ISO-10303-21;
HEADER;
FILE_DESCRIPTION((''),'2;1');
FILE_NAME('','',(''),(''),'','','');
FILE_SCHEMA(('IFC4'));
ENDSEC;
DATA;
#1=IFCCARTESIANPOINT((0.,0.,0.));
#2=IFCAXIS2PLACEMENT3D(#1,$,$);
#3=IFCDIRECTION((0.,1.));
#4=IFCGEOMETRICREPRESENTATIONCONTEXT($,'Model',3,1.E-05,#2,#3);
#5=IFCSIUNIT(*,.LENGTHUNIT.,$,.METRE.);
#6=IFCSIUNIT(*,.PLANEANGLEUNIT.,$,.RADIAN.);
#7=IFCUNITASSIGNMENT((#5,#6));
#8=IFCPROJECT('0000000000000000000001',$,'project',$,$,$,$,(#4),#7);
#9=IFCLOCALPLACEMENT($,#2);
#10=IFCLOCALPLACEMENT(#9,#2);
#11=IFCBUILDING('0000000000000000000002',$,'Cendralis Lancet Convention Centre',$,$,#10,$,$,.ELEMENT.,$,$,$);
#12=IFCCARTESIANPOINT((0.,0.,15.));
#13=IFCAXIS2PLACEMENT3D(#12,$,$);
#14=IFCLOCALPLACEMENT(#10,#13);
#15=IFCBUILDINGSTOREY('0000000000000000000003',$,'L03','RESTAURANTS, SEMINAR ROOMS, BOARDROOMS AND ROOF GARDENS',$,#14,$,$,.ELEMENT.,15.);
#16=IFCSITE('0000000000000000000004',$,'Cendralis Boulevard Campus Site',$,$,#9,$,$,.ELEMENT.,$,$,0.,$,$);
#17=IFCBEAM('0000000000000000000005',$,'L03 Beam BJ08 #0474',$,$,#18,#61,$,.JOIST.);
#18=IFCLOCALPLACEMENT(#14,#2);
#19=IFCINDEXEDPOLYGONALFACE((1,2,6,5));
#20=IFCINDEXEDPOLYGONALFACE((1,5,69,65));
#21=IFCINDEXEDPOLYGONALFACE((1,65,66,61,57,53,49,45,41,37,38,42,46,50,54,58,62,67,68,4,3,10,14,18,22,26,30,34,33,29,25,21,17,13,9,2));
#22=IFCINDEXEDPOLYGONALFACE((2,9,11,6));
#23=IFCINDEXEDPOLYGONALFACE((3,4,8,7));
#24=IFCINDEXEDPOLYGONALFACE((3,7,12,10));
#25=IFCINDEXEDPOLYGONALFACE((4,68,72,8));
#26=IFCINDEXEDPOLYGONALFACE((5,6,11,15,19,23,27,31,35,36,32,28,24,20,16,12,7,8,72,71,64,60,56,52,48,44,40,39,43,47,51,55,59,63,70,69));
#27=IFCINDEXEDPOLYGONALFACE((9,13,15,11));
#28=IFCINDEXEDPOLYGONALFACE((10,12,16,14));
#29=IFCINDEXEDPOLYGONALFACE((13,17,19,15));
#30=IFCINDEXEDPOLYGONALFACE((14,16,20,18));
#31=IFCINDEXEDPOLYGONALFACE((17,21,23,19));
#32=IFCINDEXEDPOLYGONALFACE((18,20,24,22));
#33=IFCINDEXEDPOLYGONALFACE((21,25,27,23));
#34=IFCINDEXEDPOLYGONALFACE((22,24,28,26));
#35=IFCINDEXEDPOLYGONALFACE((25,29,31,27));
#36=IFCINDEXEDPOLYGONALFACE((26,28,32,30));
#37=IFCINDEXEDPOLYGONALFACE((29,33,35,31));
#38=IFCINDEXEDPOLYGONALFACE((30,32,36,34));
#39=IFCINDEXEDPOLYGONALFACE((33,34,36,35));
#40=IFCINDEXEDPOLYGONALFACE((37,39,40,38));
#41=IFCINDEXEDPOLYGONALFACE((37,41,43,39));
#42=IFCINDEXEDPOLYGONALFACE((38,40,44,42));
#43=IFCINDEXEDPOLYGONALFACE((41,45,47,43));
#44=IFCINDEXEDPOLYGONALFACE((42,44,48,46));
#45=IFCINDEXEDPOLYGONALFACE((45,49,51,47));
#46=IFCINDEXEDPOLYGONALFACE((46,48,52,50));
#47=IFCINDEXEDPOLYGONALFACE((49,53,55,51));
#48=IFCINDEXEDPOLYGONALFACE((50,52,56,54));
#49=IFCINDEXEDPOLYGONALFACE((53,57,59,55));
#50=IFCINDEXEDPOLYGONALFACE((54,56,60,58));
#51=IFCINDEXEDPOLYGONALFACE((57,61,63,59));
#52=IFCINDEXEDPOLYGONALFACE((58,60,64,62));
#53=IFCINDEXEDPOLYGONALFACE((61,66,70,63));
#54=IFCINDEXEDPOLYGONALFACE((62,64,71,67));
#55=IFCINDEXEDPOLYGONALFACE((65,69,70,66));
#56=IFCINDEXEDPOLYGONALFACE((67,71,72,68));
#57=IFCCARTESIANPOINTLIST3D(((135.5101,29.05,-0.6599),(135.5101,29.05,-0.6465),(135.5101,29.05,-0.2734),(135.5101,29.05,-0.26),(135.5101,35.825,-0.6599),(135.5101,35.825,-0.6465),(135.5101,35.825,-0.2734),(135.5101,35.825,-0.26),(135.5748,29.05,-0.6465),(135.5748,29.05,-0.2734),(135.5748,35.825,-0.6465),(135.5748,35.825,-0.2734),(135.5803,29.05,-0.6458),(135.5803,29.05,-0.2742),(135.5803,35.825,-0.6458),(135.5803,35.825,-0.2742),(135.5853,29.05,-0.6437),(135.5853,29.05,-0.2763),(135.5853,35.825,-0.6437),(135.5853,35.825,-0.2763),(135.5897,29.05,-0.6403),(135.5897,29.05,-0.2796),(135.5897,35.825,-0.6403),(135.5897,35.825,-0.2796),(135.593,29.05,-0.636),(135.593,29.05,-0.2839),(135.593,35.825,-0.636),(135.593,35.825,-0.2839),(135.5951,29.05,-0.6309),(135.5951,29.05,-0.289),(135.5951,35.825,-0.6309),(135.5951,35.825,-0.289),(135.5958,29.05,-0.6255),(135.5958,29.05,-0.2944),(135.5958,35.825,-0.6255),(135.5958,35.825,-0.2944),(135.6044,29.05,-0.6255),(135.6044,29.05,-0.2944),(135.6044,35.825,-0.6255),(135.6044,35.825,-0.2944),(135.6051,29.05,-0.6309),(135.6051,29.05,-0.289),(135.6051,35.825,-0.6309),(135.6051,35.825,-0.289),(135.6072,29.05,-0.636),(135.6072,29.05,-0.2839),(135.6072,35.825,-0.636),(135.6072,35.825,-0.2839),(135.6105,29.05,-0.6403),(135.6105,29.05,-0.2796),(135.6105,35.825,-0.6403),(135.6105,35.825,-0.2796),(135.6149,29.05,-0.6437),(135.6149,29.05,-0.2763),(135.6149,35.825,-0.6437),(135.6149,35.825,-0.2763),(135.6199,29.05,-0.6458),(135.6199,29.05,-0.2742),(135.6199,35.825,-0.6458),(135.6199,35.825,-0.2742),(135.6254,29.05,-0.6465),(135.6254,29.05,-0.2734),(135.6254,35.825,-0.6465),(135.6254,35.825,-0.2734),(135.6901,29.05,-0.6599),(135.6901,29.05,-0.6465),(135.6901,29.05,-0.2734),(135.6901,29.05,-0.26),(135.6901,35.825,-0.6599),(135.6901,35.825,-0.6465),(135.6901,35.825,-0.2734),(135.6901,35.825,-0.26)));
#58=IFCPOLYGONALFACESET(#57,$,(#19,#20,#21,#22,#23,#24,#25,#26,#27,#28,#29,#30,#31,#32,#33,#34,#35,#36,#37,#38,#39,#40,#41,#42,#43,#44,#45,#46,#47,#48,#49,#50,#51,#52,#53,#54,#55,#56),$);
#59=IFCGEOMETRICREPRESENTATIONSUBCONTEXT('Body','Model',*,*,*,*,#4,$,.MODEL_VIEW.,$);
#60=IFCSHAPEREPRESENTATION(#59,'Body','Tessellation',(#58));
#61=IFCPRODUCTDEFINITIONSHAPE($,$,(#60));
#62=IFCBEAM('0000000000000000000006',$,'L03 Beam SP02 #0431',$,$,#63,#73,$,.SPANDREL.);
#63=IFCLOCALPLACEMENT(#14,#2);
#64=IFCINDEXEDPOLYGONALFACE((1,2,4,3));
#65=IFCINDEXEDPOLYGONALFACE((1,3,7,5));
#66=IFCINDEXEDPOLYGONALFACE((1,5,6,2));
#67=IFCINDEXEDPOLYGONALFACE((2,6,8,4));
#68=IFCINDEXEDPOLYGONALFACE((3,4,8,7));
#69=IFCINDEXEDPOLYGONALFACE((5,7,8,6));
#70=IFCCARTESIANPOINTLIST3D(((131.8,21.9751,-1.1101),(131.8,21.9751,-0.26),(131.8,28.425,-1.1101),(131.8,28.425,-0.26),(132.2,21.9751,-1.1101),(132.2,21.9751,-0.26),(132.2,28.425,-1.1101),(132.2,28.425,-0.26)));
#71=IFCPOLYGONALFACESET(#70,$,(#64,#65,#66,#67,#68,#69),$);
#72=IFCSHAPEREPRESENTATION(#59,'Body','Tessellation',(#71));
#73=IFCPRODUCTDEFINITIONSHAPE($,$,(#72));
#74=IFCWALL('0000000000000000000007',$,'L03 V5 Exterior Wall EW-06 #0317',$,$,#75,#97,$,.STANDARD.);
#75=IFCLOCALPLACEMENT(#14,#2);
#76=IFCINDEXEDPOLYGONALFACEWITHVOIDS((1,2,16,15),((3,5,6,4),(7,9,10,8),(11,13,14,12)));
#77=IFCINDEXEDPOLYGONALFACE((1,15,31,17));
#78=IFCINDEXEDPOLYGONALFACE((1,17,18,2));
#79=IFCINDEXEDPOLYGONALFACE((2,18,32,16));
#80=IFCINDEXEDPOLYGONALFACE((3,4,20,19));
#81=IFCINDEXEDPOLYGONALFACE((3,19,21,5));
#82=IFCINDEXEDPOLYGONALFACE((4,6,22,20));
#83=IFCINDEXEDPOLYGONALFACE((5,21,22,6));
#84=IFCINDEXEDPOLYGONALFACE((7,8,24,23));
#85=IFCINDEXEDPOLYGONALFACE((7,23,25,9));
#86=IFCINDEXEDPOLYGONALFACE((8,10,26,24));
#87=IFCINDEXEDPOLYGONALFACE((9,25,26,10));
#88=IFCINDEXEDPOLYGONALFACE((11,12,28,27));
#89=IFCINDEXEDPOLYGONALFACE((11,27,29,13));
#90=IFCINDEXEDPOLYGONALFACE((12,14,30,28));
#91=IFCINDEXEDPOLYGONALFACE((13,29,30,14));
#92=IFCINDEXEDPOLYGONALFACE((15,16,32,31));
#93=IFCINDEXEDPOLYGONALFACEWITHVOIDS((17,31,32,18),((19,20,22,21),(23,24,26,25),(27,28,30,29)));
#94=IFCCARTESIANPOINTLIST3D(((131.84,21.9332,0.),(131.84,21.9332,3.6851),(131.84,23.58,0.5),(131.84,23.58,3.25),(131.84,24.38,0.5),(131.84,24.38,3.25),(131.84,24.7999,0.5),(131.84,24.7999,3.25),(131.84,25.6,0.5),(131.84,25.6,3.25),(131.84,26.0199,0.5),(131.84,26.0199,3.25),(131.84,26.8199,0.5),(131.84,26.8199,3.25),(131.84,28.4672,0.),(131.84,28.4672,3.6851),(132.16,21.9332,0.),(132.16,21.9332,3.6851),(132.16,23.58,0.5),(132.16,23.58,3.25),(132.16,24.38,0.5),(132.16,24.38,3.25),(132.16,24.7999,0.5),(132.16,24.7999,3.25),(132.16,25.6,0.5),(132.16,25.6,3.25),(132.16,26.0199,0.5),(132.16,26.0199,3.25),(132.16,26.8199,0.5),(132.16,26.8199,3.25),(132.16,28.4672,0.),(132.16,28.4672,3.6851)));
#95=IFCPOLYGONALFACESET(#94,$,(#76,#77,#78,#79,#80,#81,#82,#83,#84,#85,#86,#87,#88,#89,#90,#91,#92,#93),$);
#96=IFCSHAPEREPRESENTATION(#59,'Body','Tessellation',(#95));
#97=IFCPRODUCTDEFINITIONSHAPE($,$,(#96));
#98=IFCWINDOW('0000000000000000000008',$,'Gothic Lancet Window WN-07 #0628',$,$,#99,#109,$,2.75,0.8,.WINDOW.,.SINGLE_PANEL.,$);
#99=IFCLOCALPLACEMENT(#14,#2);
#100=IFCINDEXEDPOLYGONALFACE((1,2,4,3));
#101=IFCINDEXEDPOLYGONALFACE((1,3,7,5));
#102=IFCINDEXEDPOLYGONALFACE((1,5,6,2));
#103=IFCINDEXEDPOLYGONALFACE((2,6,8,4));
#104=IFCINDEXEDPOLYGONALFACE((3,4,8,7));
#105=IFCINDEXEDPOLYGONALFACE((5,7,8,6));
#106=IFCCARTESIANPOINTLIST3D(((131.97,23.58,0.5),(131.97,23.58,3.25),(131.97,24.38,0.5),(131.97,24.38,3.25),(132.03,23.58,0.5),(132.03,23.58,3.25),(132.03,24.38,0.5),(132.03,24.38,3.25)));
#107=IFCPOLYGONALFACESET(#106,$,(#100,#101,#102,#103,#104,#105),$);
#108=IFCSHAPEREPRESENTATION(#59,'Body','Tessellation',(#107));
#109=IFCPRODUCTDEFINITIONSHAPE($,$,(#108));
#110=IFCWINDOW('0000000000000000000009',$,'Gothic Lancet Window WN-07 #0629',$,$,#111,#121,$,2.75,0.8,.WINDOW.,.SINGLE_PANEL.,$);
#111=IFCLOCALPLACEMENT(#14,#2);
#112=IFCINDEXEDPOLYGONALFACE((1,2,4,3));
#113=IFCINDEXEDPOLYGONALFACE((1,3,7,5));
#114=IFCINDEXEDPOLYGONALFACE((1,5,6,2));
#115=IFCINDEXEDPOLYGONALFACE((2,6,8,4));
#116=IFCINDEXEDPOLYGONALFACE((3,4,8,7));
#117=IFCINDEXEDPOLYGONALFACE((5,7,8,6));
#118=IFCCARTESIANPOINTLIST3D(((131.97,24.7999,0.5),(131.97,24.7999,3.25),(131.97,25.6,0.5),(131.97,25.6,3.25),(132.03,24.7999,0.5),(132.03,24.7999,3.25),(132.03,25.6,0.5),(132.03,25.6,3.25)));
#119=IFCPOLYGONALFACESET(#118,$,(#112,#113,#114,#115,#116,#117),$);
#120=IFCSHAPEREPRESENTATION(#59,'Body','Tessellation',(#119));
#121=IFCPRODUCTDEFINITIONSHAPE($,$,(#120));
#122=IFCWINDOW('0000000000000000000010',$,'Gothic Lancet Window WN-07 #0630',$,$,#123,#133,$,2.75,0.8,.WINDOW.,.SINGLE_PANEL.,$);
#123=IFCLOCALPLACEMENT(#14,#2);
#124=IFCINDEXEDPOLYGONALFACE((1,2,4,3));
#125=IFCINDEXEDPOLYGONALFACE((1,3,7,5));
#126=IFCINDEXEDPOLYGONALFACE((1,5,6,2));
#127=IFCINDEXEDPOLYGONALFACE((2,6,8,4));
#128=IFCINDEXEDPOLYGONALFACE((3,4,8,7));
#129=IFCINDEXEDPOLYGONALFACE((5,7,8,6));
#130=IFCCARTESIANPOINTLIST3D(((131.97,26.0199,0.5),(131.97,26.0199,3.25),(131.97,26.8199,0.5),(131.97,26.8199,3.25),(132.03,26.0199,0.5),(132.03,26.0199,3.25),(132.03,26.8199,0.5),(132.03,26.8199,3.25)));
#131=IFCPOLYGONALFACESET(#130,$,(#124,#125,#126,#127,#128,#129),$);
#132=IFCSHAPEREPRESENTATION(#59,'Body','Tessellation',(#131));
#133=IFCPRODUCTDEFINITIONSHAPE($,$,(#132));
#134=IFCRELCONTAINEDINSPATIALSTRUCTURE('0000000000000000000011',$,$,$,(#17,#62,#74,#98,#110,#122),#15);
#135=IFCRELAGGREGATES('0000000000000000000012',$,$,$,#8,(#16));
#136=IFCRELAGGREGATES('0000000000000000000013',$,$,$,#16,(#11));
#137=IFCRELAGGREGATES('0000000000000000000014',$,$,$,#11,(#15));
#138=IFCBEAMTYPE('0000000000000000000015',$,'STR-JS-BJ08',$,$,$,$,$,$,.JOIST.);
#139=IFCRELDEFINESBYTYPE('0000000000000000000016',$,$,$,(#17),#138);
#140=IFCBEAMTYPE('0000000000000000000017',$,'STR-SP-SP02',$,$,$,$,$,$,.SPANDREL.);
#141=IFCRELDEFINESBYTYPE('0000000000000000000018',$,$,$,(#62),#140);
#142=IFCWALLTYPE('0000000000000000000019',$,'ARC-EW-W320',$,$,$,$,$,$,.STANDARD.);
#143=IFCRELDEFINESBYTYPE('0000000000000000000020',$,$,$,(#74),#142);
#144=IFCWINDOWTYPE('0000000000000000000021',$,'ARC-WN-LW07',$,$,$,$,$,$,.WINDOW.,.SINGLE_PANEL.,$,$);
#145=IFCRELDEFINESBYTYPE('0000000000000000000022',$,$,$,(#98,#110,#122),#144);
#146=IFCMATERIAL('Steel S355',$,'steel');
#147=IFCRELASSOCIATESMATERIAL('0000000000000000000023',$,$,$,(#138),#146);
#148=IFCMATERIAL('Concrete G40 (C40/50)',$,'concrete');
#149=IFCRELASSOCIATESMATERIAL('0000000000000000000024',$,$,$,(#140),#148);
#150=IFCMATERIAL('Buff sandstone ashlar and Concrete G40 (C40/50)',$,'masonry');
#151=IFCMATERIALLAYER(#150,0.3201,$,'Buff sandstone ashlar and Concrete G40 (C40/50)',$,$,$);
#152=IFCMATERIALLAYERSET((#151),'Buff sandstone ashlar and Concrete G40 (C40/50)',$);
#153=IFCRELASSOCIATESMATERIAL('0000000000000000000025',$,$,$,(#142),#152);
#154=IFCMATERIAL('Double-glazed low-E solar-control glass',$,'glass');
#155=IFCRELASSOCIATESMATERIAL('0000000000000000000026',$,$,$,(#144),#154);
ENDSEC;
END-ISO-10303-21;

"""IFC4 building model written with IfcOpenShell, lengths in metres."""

from ifc_helpers import new_model, si_unit, direction, frame, frame_2d, origin, origin_2d, place, context, subcontext, project, spatial, rectangle, i_section, extrude, material, layer, layer_set, material_profile, profile_set, type_object, element, fill, save


model = new_model("IFC4")

# Units and contexts
model_context = context("Model", 3, precision=1e-05, world=origin(), true_north=direction((0.0, 1.0)))
body_context = subcontext(model_context, "Body", "Model", "MODEL_VIEW")
ifc_project = project(units=[si_unit("LENGTHUNIT", "METRE"), si_unit("PLANEANGLEUNIT", "RADIAN")], contexts=[model_context])

# Site, building, storey
site_placement = place(None, origin())
site = spatial("IfcSite", under=ifc_project, at=site_placement, Name="Cendralis Boulevard Campus Site", CompositionType="ELEMENT", RefElevation=0.0)
building_placement = place(site_placement, origin())
building = spatial("IfcBuilding", under=site, at=building_placement, Name="Cendralis Lancet Convention Centre", CompositionType="ELEMENT")
storey_placement = place(building_placement, frame((0.0, 0.0, 15.0)))
storey = spatial("IfcBuildingStorey", under=building, at=storey_placement, Name="L03", Description="RESTAURANTS, SEMINAR ROOMS, BOARDROOMS AND ROOF GARDENS", CompositionType="ELEMENT", Elevation=15.0)

# Shared definitions
ifc_material_1 = material(Name="Concrete G40 (C40/50)", Category="concrete")

# Beams
ifc_material_2 = material(Name="Steel S355", Category="steel")
ifc_material_profile_1 = material_profile(ifc_material_2, i_section(OverallWidth=0.1799, OverallDepth=0.3999, WebThickness=0.0085, FlangeThickness=0.0134, FilletRadius=0.021, at=origin_2d()), Name="IPE 400")
ifc_profile_set_1 = profile_set([ifc_material_profile_1], Name="Steel S355")
beam_type_1 = type_object("IfcBeamType", Name="STR-JS-BJ08", PredefinedType="JOIST", material=ifc_profile_set_1)
beam_1_placement = place(storey_placement, frame((135.6001, 29.05, -0.46), z_axis=(0.0, 1.0, 0.0), x_axis=(-1.0, 0.0, 0.0)))
element("IfcBeam", 1, at=beam_1_placement, inside=storey, type_object=beam_type_1, Name="L03 Beam BJ08 #0474", PredefinedType="JOIST", context=body_context, shape_type="SweptSolid", body=[
    extrude(i_section(OverallWidth=0.1799, OverallDepth=0.3999, WebThickness=0.0085, FlangeThickness=0.0134, FilletRadius=0.021, at=origin_2d()), origin(), (0.0, 0.0, 1.0), 6.7749),
])
ifc_material_profile_2 = material_profile(ifc_material_1, rectangle(XDim=0.3999, YDim=0.8501, at=origin_2d()), Name="RCB 400x850")
ifc_profile_set_2 = profile_set([ifc_material_profile_2], Name="Concrete G40 (C40/50)")
beam_type_2 = type_object("IfcBeamType", Name="STR-SP-SP02", PredefinedType="SPANDREL", material=ifc_profile_set_2)
beam_2_placement = place(storey_placement, frame((132.0, 21.9751, -0.6851), z_axis=(0.0, 1.0, 0.0), x_axis=(-1.0, 0.0, 0.0)))
element("IfcBeam", 2, at=beam_2_placement, inside=storey, type_object=beam_type_2, Name="L03 Beam SP02 #0431", PredefinedType="SPANDREL", context=body_context, shape_type="SweptSolid", body=[
    extrude(rectangle(XDim=0.3999, YDim=0.8501, at=origin_2d()), origin(), (0.0, 0.0, 1.0), 6.45),
])

# Wall, openings, windows
ifc_material_3 = material(Name="Buff sandstone ashlar and Concrete G40 (C40/50)", Category="masonry")
ifc_layer_1 = layer(ifc_material_3, 0.3201, Name="Buff sandstone ashlar and Concrete G40 (C40/50)")
ifc_layer_set_1 = layer_set([ifc_layer_1], Name="Buff sandstone ashlar and Concrete G40 (C40/50)")
wall_type_1 = type_object("IfcWallType", Name="ARC-EW-W320", PredefinedType="STANDARD", material=ifc_layer_set_1)
wall_1_placement = place(storey_placement, frame((132.0, 21.9331, 0.0), z_axis=(0.0, 0.0, 1.0), x_axis=(0.0, 1.0, 0.0)))
wall_1 = element("IfcWall", 3, at=wall_1_placement, inside=storey, type_object=wall_type_1, Name="L03 V5 Exterior Wall EW-06 #0317", PredefinedType="STANDARD", context=body_context, shape_type="SweptSolid", body=[
    extrude(rectangle(XDim=6.5339, YDim=0.3201, at=frame_2d((3.2671, 0.0))), origin(), (0.0, 0.0, 1.0), 3.6851),
])
opening_1_placement = place(wall_1_placement, frame((1.647, 0.0, 0.5)))
opening_1 = element("IfcOpeningElement", 4, at=opening_1_placement, cuts=wall_1, PredefinedType="OPENING", context=body_context, shape_type="SweptSolid", body=[
    extrude(rectangle(XDim=0.8, YDim=2.75, at=frame_2d((0.3999, 1.375))), frame((0.0, 0.1699, 0.0), z_axis=(0.0, -1.0, 0.0), x_axis=(1.0, 0.0, 0.0)), (0.0, 0.0, 1.0), 0.3401),
])
opening_2_placement = place(wall_1_placement, frame((2.8669, 0.0, 0.5)))
opening_2 = element("IfcOpeningElement", 5, at=opening_2_placement, cuts=wall_1, PredefinedType="OPENING", context=body_context, shape_type="SweptSolid", body=[
    extrude(rectangle(XDim=0.8, YDim=2.75, at=frame_2d((0.3999, 1.375))), frame((0.0, 0.1699, 0.0), z_axis=(0.0, -1.0, 0.0), x_axis=(1.0, 0.0, 0.0)), (0.0, 0.0, 1.0), 0.3401),
])
opening_3_placement = place(wall_1_placement, frame((4.0869, 0.0, 0.5)))
opening_3 = element("IfcOpeningElement", 6, at=opening_3_placement, cuts=wall_1, PredefinedType="OPENING", context=body_context, shape_type="SweptSolid", body=[
    extrude(rectangle(XDim=0.8, YDim=2.75, at=frame_2d((0.3999, 1.375))), frame((0.0, 0.1699, 0.0), z_axis=(0.0, -1.0, 0.0), x_axis=(1.0, 0.0, 0.0)), (0.0, 0.0, 1.0), 0.3401),
])
ifc_material_4 = material(Name="Double-glazed low-E solar-control glass", Category="glass")
window_type_1 = type_object("IfcWindowType", Name="ARC-WN-LW07", PartitioningType="SINGLE_PANEL", PredefinedType="WINDOW", material=ifc_material_4)
window_1_placement = place(opening_1_placement, origin())
window_1 = element("IfcWindow", 7, at=window_1_placement, inside=storey, type_object=window_type_1, Name="Gothic Lancet Window WN-07 #0628", OverallHeight=2.75, OverallWidth=0.8, PartitioningType="SINGLE_PANEL", PredefinedType="WINDOW", context=body_context, shape_type="SweptSolid", body=[
    extrude(rectangle(XDim=0.8, YDim=2.75, at=frame_2d((0.3999, 1.375))), frame((0.0, 0.03, 0.0), z_axis=(0.0, -1.0, 0.0), x_axis=(1.0, 0.0, 0.0)), (0.0, 0.0, 1.0), 0.0601),
])
fill(opening_1, window_1)
window_2_placement = place(opening_2_placement, origin())
window_2 = element("IfcWindow", 8, at=window_2_placement, inside=storey, type_object=window_type_1, Name="Gothic Lancet Window WN-07 #0629", OverallHeight=2.75, OverallWidth=0.8, PartitioningType="SINGLE_PANEL", PredefinedType="WINDOW", context=body_context, shape_type="SweptSolid", body=[
    extrude(rectangle(XDim=0.8, YDim=2.75, at=frame_2d((0.3999, 1.375))), frame((0.0, 0.03, 0.0), z_axis=(0.0, -1.0, 0.0), x_axis=(1.0, 0.0, 0.0)), (0.0, 0.0, 1.0), 0.0601),
])
fill(opening_2, window_2)
window_3_placement = place(opening_3_placement, origin())
window_3 = element("IfcWindow", 9, at=window_3_placement, inside=storey, type_object=window_type_1, Name="Gothic Lancet Window WN-07 #0630", OverallHeight=2.75, OverallWidth=0.8, PartitioningType="SINGLE_PANEL", PredefinedType="WINDOW", context=body_context, shape_type="SweptSolid", body=[
    extrude(rectangle(XDim=0.8, YDim=2.75, at=frame_2d((0.3999, 1.375))), frame((0.0, 0.03, 0.0), z_axis=(0.0, -1.0, 0.0), x_axis=(1.0, 0.0, 0.0)), (0.0, 0.0, 1.0), 0.0601),
])
fill(opening_3, window_3)

save(model, "model.ifc")
